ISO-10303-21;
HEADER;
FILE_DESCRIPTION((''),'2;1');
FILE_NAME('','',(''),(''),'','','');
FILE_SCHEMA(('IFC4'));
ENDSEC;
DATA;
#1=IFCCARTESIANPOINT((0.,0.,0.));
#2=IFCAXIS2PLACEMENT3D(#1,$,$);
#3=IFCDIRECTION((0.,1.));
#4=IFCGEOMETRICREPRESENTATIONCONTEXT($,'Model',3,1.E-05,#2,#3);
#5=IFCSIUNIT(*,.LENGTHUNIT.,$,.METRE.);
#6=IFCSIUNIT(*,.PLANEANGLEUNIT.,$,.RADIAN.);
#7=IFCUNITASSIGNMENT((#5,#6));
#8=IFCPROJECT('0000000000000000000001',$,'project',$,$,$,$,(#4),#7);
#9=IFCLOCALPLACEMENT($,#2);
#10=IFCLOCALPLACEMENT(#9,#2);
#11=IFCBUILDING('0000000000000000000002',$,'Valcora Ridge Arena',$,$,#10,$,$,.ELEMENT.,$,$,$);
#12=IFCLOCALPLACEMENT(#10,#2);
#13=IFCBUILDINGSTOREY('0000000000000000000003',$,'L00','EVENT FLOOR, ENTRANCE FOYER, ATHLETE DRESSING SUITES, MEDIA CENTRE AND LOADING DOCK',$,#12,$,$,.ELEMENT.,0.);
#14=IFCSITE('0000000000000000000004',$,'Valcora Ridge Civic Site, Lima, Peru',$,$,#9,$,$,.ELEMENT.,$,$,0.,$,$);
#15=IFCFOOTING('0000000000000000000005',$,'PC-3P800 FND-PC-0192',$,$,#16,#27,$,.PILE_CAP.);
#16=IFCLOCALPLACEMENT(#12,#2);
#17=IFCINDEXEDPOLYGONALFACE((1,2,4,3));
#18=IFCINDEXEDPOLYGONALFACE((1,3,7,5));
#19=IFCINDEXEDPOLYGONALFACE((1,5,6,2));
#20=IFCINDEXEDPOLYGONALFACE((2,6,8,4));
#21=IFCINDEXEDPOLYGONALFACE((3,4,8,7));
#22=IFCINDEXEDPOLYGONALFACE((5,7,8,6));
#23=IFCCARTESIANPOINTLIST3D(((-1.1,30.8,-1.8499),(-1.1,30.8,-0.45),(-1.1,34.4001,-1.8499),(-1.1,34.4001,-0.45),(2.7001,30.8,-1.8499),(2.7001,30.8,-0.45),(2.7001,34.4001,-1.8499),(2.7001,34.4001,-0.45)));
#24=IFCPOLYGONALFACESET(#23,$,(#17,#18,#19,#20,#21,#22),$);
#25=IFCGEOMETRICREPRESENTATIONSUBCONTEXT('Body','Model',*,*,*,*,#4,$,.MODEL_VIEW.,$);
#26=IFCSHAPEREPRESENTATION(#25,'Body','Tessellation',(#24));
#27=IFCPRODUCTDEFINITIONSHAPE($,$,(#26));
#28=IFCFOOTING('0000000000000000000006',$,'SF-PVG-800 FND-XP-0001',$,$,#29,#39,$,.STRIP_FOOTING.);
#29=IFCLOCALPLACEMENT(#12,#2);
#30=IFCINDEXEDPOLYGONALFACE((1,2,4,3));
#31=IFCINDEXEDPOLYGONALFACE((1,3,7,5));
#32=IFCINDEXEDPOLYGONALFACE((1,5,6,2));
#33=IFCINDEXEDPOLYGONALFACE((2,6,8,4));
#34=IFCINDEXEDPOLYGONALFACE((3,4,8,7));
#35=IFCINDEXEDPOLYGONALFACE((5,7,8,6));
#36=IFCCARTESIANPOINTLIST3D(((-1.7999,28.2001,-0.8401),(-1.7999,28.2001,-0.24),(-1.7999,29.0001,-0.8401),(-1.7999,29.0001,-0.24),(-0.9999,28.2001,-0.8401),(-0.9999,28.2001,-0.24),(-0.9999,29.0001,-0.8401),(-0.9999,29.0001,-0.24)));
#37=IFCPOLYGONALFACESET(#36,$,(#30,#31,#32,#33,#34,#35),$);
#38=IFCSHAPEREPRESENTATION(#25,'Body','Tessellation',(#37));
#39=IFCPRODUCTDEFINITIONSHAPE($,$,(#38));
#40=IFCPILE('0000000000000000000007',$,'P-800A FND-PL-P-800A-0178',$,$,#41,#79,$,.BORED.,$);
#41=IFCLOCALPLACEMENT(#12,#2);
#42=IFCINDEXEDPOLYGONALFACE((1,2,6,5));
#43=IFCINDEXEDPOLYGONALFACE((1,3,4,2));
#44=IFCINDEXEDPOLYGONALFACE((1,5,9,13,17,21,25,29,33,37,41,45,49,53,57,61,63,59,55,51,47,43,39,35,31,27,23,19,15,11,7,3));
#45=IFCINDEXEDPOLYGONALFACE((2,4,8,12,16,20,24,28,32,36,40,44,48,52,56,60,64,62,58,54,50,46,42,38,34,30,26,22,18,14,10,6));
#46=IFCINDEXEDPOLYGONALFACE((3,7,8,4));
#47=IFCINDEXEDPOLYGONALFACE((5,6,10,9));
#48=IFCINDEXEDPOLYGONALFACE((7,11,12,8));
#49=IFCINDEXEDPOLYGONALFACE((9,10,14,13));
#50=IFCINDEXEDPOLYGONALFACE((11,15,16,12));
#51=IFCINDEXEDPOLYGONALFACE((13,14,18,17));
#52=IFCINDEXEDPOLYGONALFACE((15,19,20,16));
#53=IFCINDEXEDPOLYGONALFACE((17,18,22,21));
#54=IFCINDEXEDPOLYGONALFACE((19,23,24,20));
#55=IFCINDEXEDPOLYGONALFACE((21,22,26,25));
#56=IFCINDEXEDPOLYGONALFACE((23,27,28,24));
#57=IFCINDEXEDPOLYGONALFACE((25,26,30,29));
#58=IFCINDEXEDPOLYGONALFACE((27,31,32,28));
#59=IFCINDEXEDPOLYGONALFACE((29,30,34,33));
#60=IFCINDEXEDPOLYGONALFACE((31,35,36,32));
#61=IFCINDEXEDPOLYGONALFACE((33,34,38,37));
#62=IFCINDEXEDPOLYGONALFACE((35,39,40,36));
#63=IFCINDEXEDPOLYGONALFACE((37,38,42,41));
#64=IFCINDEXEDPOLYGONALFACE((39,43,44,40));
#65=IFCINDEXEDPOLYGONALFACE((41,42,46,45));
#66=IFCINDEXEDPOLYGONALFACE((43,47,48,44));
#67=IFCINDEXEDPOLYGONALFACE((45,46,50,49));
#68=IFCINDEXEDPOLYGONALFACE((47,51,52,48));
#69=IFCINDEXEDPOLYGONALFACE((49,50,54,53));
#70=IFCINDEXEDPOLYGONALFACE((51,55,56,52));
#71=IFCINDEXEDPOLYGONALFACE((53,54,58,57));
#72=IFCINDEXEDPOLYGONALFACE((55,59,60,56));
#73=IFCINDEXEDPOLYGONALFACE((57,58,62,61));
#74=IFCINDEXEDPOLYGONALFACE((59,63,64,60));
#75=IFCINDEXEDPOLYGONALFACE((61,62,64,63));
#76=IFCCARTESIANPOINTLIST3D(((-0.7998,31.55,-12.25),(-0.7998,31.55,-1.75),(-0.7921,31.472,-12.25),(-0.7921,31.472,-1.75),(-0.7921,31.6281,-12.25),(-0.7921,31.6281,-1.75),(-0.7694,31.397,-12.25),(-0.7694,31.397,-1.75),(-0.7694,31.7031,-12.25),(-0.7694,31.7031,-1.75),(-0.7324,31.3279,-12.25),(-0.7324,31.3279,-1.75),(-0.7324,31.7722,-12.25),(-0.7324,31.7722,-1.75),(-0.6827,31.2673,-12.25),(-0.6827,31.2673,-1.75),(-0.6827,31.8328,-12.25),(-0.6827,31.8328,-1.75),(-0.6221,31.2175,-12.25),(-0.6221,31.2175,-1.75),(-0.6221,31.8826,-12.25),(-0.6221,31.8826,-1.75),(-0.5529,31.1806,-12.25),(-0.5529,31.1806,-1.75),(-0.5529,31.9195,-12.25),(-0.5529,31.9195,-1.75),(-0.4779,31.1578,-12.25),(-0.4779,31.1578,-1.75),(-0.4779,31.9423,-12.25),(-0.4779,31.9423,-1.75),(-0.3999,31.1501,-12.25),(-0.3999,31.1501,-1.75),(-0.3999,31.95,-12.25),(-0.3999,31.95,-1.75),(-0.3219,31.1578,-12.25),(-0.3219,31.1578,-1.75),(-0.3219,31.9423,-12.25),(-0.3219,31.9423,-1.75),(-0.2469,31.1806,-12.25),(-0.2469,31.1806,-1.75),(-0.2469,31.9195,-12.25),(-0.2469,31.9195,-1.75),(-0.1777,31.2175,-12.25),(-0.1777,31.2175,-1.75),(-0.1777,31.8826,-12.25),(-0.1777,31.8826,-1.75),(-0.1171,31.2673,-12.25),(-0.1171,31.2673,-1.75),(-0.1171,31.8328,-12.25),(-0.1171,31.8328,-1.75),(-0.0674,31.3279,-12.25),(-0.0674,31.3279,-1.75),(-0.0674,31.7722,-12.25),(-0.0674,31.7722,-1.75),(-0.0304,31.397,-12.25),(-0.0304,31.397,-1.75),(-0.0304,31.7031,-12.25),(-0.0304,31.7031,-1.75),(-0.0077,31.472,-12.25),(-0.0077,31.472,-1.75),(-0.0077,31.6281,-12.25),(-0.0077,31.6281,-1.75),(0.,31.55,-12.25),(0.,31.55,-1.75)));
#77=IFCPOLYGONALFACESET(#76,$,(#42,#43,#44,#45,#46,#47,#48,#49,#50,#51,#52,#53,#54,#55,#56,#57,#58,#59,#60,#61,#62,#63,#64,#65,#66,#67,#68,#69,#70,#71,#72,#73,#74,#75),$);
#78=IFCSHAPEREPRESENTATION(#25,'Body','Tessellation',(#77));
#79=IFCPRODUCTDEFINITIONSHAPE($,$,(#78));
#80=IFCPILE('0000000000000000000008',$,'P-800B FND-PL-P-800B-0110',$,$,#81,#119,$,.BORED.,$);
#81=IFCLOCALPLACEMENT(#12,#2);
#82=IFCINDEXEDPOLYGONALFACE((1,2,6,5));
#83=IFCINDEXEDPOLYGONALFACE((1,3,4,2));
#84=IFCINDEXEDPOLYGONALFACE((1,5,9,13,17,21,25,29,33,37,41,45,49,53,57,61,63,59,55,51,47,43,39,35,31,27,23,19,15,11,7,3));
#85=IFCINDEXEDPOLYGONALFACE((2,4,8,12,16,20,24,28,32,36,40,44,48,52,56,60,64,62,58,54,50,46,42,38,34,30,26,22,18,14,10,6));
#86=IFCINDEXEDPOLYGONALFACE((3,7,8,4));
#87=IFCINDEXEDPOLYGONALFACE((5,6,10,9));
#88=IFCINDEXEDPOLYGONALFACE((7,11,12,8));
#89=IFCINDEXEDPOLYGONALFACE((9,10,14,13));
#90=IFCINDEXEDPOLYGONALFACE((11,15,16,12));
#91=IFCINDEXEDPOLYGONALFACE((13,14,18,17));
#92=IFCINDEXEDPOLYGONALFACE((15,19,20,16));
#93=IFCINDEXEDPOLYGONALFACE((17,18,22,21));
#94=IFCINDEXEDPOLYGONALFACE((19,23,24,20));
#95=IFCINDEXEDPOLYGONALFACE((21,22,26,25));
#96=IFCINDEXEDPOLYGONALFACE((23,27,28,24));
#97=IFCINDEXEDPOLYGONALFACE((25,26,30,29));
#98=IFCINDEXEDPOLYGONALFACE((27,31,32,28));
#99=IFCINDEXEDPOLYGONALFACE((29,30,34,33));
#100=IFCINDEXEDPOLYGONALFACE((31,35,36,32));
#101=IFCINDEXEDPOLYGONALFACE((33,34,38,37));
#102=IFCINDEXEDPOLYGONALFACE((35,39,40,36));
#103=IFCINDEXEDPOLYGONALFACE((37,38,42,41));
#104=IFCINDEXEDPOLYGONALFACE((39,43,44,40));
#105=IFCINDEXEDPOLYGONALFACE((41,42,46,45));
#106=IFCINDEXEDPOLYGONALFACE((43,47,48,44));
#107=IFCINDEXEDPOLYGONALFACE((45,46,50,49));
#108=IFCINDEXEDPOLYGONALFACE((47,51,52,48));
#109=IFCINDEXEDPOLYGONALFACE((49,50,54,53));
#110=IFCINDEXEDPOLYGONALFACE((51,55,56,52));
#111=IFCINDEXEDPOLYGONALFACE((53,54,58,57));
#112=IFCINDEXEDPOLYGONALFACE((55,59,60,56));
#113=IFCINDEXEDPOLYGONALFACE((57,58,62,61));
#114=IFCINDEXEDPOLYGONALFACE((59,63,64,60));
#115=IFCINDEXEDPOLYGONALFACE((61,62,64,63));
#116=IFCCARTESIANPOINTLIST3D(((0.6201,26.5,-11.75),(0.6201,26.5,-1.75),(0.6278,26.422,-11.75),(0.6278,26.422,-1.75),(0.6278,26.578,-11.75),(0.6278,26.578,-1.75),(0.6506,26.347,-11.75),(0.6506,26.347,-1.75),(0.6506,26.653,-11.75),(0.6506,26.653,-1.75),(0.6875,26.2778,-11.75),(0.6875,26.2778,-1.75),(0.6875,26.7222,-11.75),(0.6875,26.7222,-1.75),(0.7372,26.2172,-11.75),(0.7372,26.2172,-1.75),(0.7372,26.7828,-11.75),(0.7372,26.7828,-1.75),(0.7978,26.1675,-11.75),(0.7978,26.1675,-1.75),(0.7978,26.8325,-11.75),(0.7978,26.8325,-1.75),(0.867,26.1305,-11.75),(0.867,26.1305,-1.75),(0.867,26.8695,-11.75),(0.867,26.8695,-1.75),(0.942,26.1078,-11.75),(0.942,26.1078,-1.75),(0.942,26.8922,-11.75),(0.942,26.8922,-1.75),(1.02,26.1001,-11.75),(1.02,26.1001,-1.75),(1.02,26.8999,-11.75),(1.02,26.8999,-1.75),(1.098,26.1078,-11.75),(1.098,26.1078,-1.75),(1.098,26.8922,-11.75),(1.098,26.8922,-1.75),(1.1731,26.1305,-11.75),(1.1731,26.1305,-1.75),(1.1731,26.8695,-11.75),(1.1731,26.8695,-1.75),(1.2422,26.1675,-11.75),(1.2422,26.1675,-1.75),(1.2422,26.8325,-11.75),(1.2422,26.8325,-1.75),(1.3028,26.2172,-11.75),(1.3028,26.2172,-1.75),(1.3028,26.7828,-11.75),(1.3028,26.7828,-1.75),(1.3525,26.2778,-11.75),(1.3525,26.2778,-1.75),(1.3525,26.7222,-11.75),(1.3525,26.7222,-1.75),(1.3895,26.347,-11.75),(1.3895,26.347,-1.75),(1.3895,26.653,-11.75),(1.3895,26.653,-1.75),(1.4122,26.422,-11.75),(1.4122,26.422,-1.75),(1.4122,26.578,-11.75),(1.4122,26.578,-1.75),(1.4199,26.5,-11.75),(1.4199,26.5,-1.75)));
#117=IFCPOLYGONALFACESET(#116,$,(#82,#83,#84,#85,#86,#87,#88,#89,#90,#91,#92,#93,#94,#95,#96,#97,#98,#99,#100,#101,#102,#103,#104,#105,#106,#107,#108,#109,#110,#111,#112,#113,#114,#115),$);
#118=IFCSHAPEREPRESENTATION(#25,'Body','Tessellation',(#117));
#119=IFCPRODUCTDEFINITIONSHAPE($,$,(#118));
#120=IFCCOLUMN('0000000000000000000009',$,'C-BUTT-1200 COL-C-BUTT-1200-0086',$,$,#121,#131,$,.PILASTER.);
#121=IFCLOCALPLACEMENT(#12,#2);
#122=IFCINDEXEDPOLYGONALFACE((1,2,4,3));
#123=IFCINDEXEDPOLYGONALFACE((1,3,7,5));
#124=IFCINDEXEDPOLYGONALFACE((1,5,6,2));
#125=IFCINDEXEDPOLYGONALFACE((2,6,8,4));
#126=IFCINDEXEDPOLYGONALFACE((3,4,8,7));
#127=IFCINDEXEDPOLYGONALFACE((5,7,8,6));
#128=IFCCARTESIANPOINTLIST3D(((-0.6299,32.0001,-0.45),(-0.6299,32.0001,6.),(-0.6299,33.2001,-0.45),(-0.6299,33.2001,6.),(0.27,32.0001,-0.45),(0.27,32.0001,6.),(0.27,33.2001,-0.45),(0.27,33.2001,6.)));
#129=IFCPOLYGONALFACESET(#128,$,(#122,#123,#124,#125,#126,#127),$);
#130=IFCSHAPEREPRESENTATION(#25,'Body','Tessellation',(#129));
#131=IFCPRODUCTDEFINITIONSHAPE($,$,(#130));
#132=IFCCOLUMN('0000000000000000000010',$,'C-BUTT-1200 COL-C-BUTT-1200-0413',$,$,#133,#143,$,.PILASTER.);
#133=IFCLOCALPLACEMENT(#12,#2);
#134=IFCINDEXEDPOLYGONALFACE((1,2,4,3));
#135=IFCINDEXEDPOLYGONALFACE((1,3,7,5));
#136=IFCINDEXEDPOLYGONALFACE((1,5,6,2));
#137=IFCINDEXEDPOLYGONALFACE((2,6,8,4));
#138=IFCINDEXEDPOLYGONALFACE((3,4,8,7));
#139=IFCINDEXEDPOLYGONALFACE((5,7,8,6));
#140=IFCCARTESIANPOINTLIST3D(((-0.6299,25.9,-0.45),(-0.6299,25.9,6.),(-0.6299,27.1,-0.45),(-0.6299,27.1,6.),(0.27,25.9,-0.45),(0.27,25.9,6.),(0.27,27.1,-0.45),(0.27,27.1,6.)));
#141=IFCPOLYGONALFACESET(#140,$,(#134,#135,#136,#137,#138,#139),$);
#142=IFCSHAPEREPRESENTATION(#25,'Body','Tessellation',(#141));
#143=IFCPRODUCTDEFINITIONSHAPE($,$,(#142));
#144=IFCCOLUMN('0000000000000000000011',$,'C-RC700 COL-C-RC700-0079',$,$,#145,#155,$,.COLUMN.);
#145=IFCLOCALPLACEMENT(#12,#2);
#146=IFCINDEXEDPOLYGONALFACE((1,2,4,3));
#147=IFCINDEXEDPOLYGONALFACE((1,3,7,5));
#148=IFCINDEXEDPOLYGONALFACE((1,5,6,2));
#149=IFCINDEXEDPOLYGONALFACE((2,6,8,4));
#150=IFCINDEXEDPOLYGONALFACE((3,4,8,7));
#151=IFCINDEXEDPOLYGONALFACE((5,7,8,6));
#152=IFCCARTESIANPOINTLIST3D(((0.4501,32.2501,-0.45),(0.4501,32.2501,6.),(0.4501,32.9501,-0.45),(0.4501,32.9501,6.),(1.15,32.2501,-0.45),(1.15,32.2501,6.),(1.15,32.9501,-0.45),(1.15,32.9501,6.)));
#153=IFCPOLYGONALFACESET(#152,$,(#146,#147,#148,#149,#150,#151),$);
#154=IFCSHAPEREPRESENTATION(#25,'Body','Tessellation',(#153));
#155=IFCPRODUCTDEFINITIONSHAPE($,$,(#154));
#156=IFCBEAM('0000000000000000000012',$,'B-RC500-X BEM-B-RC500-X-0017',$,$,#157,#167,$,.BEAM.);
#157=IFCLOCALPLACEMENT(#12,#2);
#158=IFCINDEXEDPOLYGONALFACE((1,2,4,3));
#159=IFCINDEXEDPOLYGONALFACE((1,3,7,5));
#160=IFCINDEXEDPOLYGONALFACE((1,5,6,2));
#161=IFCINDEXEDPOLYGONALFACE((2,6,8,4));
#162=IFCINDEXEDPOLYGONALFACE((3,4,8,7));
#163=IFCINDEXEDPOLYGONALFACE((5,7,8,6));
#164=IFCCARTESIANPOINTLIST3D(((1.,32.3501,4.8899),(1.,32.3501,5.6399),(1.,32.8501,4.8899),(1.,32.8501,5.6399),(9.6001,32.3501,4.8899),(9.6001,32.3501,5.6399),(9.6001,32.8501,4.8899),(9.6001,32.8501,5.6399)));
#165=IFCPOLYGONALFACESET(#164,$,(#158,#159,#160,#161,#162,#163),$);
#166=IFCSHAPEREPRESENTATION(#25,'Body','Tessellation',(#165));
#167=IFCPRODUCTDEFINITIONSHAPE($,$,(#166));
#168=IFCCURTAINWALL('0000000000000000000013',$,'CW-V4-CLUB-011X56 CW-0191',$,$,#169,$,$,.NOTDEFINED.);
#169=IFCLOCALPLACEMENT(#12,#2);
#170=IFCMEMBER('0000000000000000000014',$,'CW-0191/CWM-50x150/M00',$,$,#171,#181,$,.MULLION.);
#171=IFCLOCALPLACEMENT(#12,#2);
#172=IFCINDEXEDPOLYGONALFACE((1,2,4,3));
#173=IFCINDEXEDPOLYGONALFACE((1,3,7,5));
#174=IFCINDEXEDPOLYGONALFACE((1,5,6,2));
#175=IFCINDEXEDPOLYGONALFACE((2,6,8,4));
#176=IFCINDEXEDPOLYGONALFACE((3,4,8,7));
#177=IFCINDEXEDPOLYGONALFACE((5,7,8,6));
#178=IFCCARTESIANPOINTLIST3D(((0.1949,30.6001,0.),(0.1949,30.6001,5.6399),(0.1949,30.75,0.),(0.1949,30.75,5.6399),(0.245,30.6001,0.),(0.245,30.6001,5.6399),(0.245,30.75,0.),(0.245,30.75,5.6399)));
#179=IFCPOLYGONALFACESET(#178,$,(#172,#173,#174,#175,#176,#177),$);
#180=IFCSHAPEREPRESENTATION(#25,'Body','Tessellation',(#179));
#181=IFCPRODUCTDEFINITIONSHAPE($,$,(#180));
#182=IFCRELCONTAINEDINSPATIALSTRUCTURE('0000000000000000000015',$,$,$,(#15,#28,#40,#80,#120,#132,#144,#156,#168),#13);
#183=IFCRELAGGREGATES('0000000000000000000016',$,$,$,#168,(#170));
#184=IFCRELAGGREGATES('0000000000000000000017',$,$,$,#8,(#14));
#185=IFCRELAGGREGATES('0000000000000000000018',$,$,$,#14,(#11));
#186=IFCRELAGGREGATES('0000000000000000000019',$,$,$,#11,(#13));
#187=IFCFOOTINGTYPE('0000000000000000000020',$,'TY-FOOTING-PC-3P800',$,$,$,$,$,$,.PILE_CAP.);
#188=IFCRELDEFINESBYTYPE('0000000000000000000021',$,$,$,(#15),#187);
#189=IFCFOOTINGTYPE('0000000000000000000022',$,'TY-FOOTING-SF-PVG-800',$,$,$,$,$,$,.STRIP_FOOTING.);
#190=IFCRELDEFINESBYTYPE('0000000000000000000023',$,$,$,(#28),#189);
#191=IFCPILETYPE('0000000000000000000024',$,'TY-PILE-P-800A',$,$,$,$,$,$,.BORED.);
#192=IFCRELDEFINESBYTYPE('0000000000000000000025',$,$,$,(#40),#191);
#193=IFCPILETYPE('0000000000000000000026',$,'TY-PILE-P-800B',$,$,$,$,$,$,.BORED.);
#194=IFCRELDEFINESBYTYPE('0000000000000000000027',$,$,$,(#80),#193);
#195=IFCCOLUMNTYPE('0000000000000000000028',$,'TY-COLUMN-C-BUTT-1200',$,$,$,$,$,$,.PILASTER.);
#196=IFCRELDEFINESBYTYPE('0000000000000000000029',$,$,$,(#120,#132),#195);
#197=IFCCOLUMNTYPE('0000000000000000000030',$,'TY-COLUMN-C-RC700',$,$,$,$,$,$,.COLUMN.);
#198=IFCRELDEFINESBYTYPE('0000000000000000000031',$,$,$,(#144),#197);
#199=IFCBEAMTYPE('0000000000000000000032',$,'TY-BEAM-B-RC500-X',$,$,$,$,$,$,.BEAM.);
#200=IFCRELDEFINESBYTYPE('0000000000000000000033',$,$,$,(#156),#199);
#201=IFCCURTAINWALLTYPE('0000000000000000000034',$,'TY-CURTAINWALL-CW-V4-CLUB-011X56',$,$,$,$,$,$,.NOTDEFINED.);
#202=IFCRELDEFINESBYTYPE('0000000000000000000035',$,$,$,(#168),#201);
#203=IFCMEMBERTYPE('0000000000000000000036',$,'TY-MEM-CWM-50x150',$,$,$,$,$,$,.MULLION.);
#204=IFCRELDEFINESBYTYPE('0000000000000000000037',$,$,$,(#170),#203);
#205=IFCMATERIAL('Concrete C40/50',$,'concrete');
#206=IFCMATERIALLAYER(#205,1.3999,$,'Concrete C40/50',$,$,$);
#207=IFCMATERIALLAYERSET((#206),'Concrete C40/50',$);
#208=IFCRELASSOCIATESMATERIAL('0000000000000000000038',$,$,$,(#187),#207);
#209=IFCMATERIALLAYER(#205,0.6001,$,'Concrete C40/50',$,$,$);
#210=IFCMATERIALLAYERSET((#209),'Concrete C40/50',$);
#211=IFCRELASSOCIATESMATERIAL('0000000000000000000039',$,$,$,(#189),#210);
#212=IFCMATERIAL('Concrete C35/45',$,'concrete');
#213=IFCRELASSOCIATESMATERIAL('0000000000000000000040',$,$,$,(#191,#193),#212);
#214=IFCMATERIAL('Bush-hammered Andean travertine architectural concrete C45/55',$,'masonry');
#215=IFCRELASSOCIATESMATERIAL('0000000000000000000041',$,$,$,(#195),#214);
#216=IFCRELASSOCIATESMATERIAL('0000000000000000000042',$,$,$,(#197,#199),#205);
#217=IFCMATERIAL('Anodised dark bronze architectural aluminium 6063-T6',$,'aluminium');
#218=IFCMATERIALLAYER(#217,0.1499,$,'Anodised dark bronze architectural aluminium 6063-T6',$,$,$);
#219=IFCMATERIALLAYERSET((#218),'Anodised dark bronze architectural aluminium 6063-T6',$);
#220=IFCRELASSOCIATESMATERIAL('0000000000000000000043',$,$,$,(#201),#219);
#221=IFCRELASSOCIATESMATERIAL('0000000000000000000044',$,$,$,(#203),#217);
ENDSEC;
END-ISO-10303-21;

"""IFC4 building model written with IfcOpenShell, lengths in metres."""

from ifc_helpers import new_model, si_unit, direction, frame, origin, origin_2d, place, context, subcontext, project, spatial, rectangle, circle, extrude, material, layer, layer_set, material_profile, profile_set, type_object, element, aggregate, save


model = new_model("IFC4")

# Units and contexts
model_context = context("Model", 3, precision=1e-05, world=origin(), true_north=direction((0.0, 1.0)))
body_context = subcontext(model_context, "Body", "Model", "MODEL_VIEW")
ifc_project = project(units=[si_unit("LENGTHUNIT", "METRE"), si_unit("PLANEANGLEUNIT", "RADIAN")], contexts=[model_context])

# Site, building, storey
site_placement = place(None, origin())
site = spatial("IfcSite", under=ifc_project, at=site_placement, Name="Valcora Ridge Civic Site, Lima, Peru", CompositionType="ELEMENT", RefElevation=0.0)
building_placement = place(site_placement, origin())
building = spatial("IfcBuilding", under=site, at=building_placement, Name="Valcora Ridge Arena", CompositionType="ELEMENT")
storey_placement = place(building_placement, origin())
storey = spatial("IfcBuildingStorey", under=building, at=storey_placement, Name="L00", Description="EVENT FLOOR, ENTRANCE FOYER, ATHLETE DRESSING SUITES, MEDIA CENTRE AND LOADING DOCK", CompositionType="ELEMENT", Elevation=0.0)

# Footings
ifc_material_1 = material(Name="Concrete C40/50", Category="concrete")
ifc_layer_1 = layer(ifc_material_1, 1.3999, Name="Concrete C40/50")
ifc_layer_set_1 = layer_set([ifc_layer_1], Name="Concrete C40/50")
footing_type_1 = type_object("IfcFootingType", Name="TY-FOOTING-PC-3P800", PredefinedType="PILE_CAP", material=ifc_layer_set_1)
footing_1_placement = place(storey_placement, frame((0.8, 32.6001, -1.8499), z_axis=(0.0, 0.0, 1.0), x_axis=(1.0, 0.0, 0.0)))
element("IfcFooting", 1, at=footing_1_placement, inside=storey, type_object=footing_type_1, Name="PC-3P800 FND-PC-0192", PredefinedType="PILE_CAP", context=body_context, shape_type="SweptSolid", body=[
    extrude(rectangle(XDim=3.8, YDim=3.6001, at=origin_2d()), origin(), (0.0, 0.0, 1.0), 1.3999),
])
ifc_layer_2 = layer(ifc_material_1, 0.6001, Name="Concrete C40/50")
ifc_layer_set_2 = layer_set([ifc_layer_2], Name="Concrete C40/50")
footing_type_2 = type_object("IfcFootingType", Name="TY-FOOTING-SF-PVG-800", PredefinedType="STRIP_FOOTING", material=ifc_layer_set_2)
footing_2_placement = place(storey_placement, frame((-1.3999, 28.6001, -0.8401), z_axis=(0.0, 0.0, 1.0), x_axis=(1.0, 0.0, 0.0)))
element("IfcFooting", 2, at=footing_2_placement, inside=storey, type_object=footing_type_2, Name="SF-PVG-800 FND-XP-0001", PredefinedType="STRIP_FOOTING", context=body_context, shape_type="SweptSolid", body=[
    extrude(rectangle(XDim=0.8, YDim=0.8, at=origin_2d()), origin(), (0.0, 0.0, 1.0), 0.6001),
])

# Piles
ifc_material_2 = material(Name="Concrete C35/45", Category="concrete")
ifc_material_profile_1 = material_profile(ifc_material_2, circle(Radius=0.3999, at=origin_2d()), Name="BORED PILE D800")
ifc_profile_set_1 = profile_set([ifc_material_profile_1], Name="Concrete C35/45")
pile_type_1 = type_object("IfcPileType", Name="TY-PILE-P-800A", PredefinedType="BORED", material=ifc_profile_set_1)
pile_1_placement = place(storey_placement, frame((-0.3999, 31.55, -1.75), z_axis=(0.0, 0.0, -1.0), x_axis=(1.0, 0.0, 0.0)))
element("IfcPile", 3, at=pile_1_placement, inside=storey, type_object=pile_type_1, Name="P-800A FND-PL-P-800A-0178", PredefinedType="BORED", context=body_context, shape_type="SweptSolid", body=[
    extrude(circle(Radius=0.3999, at=origin_2d()), origin(), (0.0, 0.0, 1.0), 10.5),
])
ifc_material_profile_2 = material_profile(ifc_material_2, circle(Radius=0.3999, at=origin_2d()), Name="BORED PILE D800")
ifc_profile_set_2 = profile_set([ifc_material_profile_2], Name="Concrete C35/45")
pile_type_2 = type_object("IfcPileType", Name="TY-PILE-P-800B", PredefinedType="BORED", material=ifc_profile_set_2)
pile_2_placement = place(storey_placement, frame((1.02, 26.5, -1.75), z_axis=(0.0, 0.0, -1.0), x_axis=(1.0, 0.0, 0.0)))
element("IfcPile", 4, at=pile_2_placement, inside=storey, type_object=pile_type_2, Name="P-800B FND-PL-P-800B-0110", PredefinedType="BORED", context=body_context, shape_type="SweptSolid", body=[
    extrude(circle(Radius=0.3999, at=origin_2d()), origin(), (0.0, 0.0, 1.0), 10.0),
])

# Columns
ifc_material_3 = material(Name="Bush-hammered Andean travertine architectural concrete C45/55", Category="masonry")
ifc_material_profile_3 = material_profile(ifc_material_3, rectangle(XDim=0.8999, YDim=1.2, at=origin_2d()), Name="RC 900x1200")
ifc_profile_set_3 = profile_set([ifc_material_profile_3], Name="Bush-hammered Andean travertine architectural concrete C45/55")
column_type_1 = type_object("IfcColumnType", Name="TY-COLUMN-C-BUTT-1200", PredefinedType="PILASTER", material=ifc_profile_set_3)
for number, where, z_axis, x_axis, name in (
    (5, (-0.1799, 32.6001, -0.45), (0.0, 0.0, 1.0), (1.0, 0.0, 0.0), "C-BUTT-1200 COL-C-BUTT-1200-0086"),
    (6, (-0.1799, 26.5, -0.45), (0.0, 0.0, 1.0), (1.0, 0.0, 0.0), "C-BUTT-1200 COL-C-BUTT-1200-0413"),
):
    element("IfcColumn", number, at=place(storey_placement, frame(where, z_axis=z_axis, x_axis=x_axis)), inside=storey, type_object=column_type_1, Name=name, PredefinedType="PILASTER", context=body_context, shape_type="SweptSolid", body=[
        extrude(rectangle(XDim=0.8999, YDim=1.2, at=origin_2d()), origin(), (0.0, 0.0, 1.0), 6.45),
    ])
ifc_material_profile_4 = material_profile(ifc_material_1, rectangle(XDim=0.7, YDim=0.7, at=origin_2d()), Name="RC 700x700")
ifc_profile_set_4 = profile_set([ifc_material_profile_4], Name="Concrete C40/50")
column_type_2 = type_object("IfcColumnType", Name="TY-COLUMN-C-RC700", PredefinedType="COLUMN", material=ifc_profile_set_4)
column_placement = place(storey_placement, frame((0.8, 32.6001, -0.45), z_axis=(0.0, 0.0, 1.0), x_axis=(1.0, 0.0, 0.0)))
element("IfcColumn", 7, at=column_placement, inside=storey, type_object=column_type_2, Name="C-RC700 COL-C-RC700-0079", PredefinedType="COLUMN", context=body_context, shape_type="SweptSolid", body=[
    extrude(rectangle(XDim=0.7, YDim=0.7, at=origin_2d()), origin(), (0.0, 0.0, 1.0), 6.45),
])

# Beam
ifc_material_profile_5 = material_profile(ifc_material_1, rectangle(XDim=0.5, YDim=0.75, at=origin_2d()), Name="RC 500x750")
ifc_profile_set_5 = profile_set([ifc_material_profile_5], Name="Concrete C40/50")
beam_type = type_object("IfcBeamType", Name="TY-BEAM-B-RC500-X", PredefinedType="BEAM", material=ifc_profile_set_5)
beam_placement = place(storey_placement, frame((1.0, 32.6001, 5.2649), z_axis=(1.0, 0.0, 0.0), x_axis=(0.0, 1.0, 0.0)))
element("IfcBeam", 8, at=beam_placement, inside=storey, type_object=beam_type, Name="B-RC500-X BEM-B-RC500-X-0017", PredefinedType="BEAM", context=body_context, shape_type="SweptSolid", body=[
    extrude(rectangle(XDim=0.5, YDim=0.75, at=origin_2d()), origin(), (0.0, 0.0, 1.0), 8.6001),
])

# Curtain wall, member
ifc_material_4 = material(Name="Anodised dark bronze architectural aluminium 6063-T6", Category="aluminium")
ifc_layer_3 = layer(ifc_material_4, 0.1499, Name="Anodised dark bronze architectural aluminium 6063-T6")
ifc_layer_set_3 = layer_set([ifc_layer_3], Name="Anodised dark bronze architectural aluminium 6063-T6")
curtain_wall_type = type_object("IfcCurtainWallType", Name="TY-CURTAINWALL-CW-V4-CLUB-011X56", PredefinedType="NOTDEFINED", material=ifc_layer_set_3)
curtain_wall_placement = place(storey_placement, origin())
curtain_wall = element("IfcCurtainWall", 9, at=curtain_wall_placement, inside=storey, type_object=curtain_wall_type, Name="CW-V4-CLUB-011X56 CW-0191", PredefinedType="NOTDEFINED")
ifc_material_profile_6 = material_profile(ifc_material_4, rectangle(XDim=0.05, YDim=0.1499, at=origin_2d()), Name="ALU MULLION 50x150")
ifc_profile_set_6 = profile_set([ifc_material_profile_6], Name="Anodised dark bronze architectural aluminium 6063-T6")
member_type_1 = type_object("IfcMemberType", Name="TY-MEM-CWM-50x150", PredefinedType="MULLION", material=ifc_profile_set_6)
member_1_placement = place(storey_placement, frame((0.22, 30.675, 0.0), z_axis=(0.0, 0.0, 1.0), x_axis=(-1.0, 0.0, 0.0)))
member_1 = element("IfcMember", 10, at=member_1_placement, type_object=member_type_1, Name="CW-0191/CWM-50x150/M00", PredefinedType="MULLION", context=body_context, shape_type="SweptSolid", body=[
    extrude(rectangle(XDim=0.05, YDim=0.1499, at=origin_2d()), origin(), (0.0, 0.0, 1.0), 5.6399),
])
aggregate(curtain_wall, [member_1])

save(model, "model.ifc")
